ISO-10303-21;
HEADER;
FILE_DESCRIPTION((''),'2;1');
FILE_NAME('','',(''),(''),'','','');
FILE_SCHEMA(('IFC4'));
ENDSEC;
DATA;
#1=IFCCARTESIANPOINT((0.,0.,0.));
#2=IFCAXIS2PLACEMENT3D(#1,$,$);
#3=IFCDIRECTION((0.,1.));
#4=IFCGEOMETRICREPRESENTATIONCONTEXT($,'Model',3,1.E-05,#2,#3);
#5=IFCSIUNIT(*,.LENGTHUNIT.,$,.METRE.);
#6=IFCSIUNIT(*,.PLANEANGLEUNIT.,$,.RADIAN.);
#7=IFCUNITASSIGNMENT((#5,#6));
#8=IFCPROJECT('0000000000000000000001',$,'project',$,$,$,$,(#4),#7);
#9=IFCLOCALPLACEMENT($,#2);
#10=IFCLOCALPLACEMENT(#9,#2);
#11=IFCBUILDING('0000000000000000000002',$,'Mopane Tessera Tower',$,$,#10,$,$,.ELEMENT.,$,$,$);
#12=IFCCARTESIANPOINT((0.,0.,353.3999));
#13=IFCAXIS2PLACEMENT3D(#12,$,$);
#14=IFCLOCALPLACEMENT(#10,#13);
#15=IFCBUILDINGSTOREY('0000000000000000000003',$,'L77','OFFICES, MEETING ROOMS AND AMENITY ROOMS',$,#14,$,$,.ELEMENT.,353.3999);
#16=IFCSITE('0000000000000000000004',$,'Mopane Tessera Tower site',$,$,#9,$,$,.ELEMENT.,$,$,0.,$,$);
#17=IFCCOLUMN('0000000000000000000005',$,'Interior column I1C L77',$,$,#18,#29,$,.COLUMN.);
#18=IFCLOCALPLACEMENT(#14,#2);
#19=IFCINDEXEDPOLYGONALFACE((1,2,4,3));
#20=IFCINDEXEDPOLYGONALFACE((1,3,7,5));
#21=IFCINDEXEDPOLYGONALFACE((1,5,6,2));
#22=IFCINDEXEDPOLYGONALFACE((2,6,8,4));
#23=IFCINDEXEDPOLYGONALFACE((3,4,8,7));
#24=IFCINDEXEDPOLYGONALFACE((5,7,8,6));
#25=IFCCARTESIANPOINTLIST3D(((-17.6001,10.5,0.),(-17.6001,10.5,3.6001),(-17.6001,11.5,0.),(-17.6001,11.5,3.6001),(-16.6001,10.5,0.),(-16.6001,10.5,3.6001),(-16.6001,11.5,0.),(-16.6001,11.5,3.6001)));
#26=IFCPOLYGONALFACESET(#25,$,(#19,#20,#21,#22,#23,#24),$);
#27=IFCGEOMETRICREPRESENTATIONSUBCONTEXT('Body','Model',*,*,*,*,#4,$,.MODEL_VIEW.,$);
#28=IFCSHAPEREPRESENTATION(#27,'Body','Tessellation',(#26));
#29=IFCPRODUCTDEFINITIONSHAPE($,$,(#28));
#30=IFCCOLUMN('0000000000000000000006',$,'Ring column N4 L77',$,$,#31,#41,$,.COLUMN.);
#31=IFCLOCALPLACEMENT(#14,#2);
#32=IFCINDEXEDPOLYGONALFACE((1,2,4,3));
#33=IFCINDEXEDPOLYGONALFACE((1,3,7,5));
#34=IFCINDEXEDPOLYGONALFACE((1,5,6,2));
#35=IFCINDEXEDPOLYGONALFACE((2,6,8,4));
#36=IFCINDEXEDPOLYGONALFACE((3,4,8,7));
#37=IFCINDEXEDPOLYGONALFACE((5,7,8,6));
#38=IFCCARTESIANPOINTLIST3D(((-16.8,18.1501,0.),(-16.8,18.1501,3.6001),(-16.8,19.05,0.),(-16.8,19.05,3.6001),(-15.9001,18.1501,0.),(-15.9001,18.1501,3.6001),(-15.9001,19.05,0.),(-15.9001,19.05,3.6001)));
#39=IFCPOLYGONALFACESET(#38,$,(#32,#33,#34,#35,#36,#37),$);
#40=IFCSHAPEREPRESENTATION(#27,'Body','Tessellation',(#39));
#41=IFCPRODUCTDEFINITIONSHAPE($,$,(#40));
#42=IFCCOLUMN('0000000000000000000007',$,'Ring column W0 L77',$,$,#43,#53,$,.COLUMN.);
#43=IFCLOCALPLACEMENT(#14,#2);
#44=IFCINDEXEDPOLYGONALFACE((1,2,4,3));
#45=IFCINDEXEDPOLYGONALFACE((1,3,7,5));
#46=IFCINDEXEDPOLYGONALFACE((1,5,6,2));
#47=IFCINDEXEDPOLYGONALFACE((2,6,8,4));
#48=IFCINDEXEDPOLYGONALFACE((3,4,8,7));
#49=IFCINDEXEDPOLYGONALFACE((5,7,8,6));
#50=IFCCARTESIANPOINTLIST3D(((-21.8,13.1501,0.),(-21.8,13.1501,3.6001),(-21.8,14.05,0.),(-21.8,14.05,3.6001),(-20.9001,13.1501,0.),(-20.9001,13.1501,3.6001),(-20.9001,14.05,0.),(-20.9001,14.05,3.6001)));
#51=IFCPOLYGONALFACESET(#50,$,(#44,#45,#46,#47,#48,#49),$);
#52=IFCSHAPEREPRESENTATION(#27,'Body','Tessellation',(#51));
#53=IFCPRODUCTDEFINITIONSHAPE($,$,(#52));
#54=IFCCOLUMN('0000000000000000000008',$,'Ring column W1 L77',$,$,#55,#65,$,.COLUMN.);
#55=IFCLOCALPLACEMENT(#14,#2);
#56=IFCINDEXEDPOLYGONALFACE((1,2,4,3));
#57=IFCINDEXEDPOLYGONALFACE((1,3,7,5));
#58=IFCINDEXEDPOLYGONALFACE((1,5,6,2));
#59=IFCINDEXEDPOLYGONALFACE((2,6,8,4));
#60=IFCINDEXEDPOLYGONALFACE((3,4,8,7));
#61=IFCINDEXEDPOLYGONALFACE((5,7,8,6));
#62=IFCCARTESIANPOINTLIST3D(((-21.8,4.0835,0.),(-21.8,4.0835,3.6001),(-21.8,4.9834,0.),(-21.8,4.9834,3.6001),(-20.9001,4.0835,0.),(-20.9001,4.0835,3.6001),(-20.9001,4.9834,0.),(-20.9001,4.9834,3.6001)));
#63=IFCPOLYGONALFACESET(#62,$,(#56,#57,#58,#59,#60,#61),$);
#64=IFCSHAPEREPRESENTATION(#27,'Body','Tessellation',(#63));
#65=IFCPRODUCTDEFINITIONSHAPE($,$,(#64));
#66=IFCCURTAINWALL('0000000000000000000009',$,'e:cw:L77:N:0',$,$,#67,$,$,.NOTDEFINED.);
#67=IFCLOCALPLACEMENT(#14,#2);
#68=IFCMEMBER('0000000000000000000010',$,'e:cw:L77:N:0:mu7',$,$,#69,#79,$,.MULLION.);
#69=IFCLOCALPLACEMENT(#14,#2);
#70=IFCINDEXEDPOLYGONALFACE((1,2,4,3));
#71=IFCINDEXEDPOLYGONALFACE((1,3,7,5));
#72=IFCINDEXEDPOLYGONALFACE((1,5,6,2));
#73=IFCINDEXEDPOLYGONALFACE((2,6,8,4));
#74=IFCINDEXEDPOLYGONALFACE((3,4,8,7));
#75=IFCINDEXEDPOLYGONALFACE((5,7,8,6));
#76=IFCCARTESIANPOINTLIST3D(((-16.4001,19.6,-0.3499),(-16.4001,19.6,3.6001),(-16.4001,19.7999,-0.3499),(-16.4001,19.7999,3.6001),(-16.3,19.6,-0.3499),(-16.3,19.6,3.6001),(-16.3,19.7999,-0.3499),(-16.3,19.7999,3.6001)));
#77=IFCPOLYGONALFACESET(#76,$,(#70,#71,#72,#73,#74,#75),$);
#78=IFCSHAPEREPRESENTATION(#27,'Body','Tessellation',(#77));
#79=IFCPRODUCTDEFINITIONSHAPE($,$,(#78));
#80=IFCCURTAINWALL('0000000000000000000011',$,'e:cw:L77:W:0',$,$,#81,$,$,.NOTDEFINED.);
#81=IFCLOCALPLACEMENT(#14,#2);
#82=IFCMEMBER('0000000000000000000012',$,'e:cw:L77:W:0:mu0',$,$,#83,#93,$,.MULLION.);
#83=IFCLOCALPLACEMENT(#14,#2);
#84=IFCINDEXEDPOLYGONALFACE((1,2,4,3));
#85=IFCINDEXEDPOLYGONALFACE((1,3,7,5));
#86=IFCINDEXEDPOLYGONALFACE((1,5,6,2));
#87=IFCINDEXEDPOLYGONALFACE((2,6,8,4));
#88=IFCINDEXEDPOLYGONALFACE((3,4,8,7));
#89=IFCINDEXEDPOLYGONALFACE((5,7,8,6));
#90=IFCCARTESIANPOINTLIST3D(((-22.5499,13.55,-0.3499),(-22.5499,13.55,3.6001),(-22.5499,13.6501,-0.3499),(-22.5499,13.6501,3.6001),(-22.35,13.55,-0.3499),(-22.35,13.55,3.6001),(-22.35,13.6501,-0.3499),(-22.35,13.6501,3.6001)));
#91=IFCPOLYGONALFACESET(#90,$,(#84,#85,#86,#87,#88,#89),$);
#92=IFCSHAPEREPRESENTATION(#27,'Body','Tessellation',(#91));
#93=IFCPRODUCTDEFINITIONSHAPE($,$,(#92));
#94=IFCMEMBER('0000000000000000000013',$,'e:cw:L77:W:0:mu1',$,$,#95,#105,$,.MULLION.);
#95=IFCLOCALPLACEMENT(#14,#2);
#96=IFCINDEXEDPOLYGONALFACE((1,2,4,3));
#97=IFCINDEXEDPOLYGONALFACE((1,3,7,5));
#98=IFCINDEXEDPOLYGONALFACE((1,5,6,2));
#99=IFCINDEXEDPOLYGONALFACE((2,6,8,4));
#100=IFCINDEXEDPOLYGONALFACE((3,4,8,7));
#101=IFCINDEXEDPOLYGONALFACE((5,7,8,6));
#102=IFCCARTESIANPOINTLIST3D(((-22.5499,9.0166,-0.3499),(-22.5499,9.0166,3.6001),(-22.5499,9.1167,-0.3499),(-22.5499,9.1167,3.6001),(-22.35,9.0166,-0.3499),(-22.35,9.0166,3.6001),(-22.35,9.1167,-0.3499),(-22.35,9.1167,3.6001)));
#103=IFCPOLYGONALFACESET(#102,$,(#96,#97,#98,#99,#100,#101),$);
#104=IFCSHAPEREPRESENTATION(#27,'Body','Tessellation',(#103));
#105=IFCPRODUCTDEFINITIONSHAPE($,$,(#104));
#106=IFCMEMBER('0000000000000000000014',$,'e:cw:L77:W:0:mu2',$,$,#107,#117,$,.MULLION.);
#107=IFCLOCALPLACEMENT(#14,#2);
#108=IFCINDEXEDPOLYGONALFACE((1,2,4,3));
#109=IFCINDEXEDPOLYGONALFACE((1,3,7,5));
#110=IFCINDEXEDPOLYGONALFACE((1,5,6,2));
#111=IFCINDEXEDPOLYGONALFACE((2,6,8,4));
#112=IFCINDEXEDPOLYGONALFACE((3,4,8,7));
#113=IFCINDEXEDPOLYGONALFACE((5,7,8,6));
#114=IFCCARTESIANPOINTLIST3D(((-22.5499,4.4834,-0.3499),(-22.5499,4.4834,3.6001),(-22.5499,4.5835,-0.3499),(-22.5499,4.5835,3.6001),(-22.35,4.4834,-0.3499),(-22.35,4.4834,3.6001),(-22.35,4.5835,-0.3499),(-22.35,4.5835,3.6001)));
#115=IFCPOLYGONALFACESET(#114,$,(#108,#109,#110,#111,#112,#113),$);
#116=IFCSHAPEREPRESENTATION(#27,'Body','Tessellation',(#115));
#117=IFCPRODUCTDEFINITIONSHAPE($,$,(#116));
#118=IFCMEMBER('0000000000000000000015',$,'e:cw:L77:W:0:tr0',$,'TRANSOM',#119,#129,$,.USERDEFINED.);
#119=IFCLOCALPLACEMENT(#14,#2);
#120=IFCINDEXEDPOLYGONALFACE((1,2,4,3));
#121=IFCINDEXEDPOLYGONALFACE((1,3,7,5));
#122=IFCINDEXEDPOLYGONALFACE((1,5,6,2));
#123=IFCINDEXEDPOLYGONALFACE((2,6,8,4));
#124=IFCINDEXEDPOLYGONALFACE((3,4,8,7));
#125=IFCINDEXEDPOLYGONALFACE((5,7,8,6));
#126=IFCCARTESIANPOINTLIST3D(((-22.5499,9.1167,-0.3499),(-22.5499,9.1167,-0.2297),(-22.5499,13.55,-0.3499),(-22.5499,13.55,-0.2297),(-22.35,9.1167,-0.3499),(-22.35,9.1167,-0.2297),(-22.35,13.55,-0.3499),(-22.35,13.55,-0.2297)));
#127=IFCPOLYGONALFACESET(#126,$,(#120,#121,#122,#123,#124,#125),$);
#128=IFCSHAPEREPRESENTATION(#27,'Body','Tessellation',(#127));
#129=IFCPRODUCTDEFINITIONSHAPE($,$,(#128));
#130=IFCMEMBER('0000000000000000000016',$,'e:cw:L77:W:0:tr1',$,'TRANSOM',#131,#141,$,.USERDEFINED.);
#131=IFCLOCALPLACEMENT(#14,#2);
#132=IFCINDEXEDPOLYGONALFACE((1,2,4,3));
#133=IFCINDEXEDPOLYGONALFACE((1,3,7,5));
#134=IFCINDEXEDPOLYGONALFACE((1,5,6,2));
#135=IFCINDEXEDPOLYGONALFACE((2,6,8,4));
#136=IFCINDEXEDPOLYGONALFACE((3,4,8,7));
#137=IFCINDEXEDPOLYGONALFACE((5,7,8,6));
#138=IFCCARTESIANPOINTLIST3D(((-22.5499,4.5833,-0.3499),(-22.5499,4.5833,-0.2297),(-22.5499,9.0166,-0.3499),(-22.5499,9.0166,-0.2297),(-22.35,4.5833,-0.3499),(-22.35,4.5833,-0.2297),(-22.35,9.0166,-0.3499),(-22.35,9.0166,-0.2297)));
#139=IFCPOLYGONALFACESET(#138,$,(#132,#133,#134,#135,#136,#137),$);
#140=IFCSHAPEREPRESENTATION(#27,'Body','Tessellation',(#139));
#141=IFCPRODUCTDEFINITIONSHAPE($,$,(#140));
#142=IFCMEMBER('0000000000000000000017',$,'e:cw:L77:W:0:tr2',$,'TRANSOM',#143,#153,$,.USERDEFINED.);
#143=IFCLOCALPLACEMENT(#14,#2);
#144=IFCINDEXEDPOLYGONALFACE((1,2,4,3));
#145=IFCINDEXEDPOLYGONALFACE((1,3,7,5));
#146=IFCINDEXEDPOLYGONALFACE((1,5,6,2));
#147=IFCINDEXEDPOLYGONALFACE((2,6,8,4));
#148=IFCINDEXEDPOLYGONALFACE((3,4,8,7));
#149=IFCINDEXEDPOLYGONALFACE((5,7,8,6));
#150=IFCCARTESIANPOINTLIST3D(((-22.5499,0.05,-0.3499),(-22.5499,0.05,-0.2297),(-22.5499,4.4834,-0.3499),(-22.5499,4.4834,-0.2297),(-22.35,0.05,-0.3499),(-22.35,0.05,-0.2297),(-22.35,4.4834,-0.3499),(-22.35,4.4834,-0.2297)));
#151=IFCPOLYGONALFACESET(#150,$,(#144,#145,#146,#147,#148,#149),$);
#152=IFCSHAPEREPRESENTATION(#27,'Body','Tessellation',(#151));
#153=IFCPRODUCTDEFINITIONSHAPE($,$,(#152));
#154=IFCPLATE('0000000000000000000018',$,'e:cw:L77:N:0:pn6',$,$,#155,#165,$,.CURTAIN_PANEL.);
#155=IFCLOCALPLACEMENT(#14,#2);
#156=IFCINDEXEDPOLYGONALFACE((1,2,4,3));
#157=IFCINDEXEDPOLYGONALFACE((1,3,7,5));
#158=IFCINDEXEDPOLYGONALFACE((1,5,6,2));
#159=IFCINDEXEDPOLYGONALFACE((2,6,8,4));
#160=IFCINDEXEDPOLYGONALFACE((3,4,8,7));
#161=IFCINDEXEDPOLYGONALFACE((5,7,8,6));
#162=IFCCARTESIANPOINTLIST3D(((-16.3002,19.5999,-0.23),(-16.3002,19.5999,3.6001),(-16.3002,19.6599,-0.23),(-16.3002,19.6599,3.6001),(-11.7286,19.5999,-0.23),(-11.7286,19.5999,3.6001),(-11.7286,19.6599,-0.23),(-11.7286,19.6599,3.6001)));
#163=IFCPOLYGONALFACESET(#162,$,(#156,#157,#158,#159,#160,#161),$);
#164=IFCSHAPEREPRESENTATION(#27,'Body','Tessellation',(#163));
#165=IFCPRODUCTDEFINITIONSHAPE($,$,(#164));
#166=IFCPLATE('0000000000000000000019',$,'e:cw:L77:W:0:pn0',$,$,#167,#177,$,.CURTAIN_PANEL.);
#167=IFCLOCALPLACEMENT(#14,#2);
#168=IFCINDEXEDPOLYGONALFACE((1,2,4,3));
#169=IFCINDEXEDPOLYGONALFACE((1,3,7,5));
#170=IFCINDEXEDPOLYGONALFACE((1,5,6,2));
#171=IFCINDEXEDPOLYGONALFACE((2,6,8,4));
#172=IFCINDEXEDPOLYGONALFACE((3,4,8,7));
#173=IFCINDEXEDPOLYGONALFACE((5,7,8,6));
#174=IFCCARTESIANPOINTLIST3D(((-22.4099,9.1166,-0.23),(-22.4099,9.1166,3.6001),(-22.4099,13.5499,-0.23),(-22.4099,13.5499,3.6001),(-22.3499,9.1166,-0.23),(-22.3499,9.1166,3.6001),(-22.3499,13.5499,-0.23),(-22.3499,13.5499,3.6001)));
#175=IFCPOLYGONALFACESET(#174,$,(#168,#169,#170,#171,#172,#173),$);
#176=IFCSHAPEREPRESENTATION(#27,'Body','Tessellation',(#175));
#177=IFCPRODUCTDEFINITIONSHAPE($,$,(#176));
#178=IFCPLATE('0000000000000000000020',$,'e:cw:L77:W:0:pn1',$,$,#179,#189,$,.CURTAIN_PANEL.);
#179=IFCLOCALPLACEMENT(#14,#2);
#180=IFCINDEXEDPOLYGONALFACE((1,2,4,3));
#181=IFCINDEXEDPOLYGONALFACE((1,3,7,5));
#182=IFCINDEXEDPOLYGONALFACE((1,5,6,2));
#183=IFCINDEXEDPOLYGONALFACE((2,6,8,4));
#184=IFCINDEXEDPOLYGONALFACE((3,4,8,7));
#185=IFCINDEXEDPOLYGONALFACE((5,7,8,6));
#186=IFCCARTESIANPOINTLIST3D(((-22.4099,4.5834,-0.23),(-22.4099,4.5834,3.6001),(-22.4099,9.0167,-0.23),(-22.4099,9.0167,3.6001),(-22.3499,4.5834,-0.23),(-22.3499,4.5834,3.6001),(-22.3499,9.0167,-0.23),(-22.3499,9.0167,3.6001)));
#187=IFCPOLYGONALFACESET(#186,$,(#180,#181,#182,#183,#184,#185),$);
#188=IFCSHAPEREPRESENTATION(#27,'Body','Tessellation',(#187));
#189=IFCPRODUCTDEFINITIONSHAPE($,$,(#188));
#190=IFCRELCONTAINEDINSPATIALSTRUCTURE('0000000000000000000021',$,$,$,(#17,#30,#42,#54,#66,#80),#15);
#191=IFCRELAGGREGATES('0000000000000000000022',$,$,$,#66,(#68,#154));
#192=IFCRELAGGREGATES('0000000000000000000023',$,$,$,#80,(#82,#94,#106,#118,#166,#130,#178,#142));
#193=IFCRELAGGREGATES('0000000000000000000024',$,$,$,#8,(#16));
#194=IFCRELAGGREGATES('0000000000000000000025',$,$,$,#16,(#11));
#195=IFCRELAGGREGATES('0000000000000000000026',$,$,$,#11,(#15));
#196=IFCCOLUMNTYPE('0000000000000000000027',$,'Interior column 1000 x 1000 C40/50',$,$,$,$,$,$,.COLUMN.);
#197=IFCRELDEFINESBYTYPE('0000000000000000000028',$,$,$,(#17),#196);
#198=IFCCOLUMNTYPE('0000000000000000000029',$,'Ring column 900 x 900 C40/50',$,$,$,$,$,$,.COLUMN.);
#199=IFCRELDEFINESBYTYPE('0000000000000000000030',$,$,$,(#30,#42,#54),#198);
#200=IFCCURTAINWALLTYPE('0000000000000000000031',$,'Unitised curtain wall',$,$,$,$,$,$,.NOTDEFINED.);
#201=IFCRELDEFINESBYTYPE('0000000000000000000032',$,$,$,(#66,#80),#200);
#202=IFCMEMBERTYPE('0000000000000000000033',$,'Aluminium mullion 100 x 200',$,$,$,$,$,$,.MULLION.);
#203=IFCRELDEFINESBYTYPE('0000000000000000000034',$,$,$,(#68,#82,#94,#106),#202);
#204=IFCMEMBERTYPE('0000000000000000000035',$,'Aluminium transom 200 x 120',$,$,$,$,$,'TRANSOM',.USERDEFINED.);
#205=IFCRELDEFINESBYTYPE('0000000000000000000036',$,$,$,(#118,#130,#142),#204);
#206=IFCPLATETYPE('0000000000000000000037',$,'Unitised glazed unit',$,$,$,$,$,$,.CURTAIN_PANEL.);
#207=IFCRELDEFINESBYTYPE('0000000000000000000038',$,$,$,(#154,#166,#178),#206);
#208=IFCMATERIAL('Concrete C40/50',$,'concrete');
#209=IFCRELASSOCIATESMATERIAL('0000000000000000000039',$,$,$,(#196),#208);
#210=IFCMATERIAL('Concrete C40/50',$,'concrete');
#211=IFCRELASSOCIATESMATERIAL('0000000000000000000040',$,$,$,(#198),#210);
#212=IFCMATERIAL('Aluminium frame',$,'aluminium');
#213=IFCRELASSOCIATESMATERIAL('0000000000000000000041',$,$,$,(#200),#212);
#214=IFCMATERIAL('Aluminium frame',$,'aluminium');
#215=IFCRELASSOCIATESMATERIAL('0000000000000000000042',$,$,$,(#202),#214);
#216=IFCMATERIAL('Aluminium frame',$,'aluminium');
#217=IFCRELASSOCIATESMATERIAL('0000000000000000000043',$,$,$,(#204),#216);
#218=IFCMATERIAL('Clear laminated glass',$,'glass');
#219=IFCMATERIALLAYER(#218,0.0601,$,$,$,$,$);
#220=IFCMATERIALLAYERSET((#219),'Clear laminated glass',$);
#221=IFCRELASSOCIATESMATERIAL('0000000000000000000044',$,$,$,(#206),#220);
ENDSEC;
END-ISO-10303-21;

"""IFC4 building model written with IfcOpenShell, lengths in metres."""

from ifc_helpers import new_model, si_unit, direction, frame, origin, origin_2d, place, context, subcontext, project, spatial, rectangle, extrude, material, layer, layer_set, material_profile, profile_set, type_object, element, aggregate, save


model = new_model("IFC4")

# Units and contexts
model_context = context("Model", 3, precision=1e-05, world=origin(), true_north=direction((0.0, 1.0)))
body_context = subcontext(model_context, "Body", "Model", "MODEL_VIEW")
ifc_project = project(units=[si_unit("LENGTHUNIT", "METRE"), si_unit("PLANEANGLEUNIT", "RADIAN")], contexts=[model_context])

# Site, building, storey
site_placement = place(None, origin())
site = spatial("IfcSite", under=ifc_project, at=site_placement, Name="Mopane Tessera Tower site", CompositionType="ELEMENT", RefElevation=0.0)
building_placement = place(site_placement, origin())
building = spatial("IfcBuilding", under=site, at=building_placement, Name="Mopane Tessera Tower", CompositionType="ELEMENT")
storey_placement = place(building_placement, frame((0.0, 0.0, 353.3999)))
storey = spatial("IfcBuildingStorey", under=building, at=storey_placement, Name="L77", Description="OFFICES, MEETING ROOMS AND AMENITY ROOMS", CompositionType="ELEMENT", Elevation=353.3999)

# Columns
ifc_material_1 = material(Name="Concrete C40/50", Category="concrete")
ifc_material_profile_1 = material_profile(ifc_material_1, rectangle(XDim=1.0, YDim=1.0, at=origin_2d()))
ifc_profile_set_1 = profile_set([ifc_material_profile_1], Name="Concrete C40/50")
column_type_1 = type_object("IfcColumnType", Name="Interior column 1000 x 1000 C40/50", PredefinedType="COLUMN", material=ifc_profile_set_1)
column_placement = place(storey_placement, frame((-17.1001, 11.0, 0.0), z_axis=(0.0, 0.0, 1.0), x_axis=(1.0, 0.0, 0.0)))
element("IfcColumn", 1, at=column_placement, inside=storey, type_object=column_type_1, Name="Interior column I1C L77", PredefinedType="COLUMN", context=body_context, shape_type="SweptSolid", body=[
    extrude(rectangle(XDim=1.0, YDim=1.0, at=origin_2d()), origin(), (0.0, 0.0, 1.0), 3.6001),
])
ifc_material_2 = material(Name="Concrete C40/50", Category="concrete")
ifc_material_profile_2 = material_profile(ifc_material_2, rectangle(XDim=0.8999, YDim=0.8999, at=origin_2d()))
ifc_profile_set_2 = profile_set([ifc_material_profile_2], Name="Concrete C40/50")
column_type_2 = type_object("IfcColumnType", Name="Ring column 900 x 900 C40/50", PredefinedType="COLUMN", material=ifc_profile_set_2)
for number, where, z_axis, x_axis, name in (
    (2, (-16.3501, 18.6001, 0.0), (0.0, 0.0, 1.0), (1.0, 0.0, 0.0), "Ring column N4 L77"),
    (3, (-21.3501, 13.6001, 0.0), (0.0, 0.0, 1.0), (1.0, 0.0, 0.0), "Ring column W0 L77"),
    (4, (-21.3501, 4.5334, 0.0), (0.0, 0.0, 1.0), (1.0, 0.0, 0.0), "Ring column W1 L77"),
):
    element("IfcColumn", number, at=place(storey_placement, frame(where, z_axis=z_axis, x_axis=x_axis)), inside=storey, type_object=column_type_2, Name=name, PredefinedType="COLUMN", context=body_context, shape_type="SweptSolid", body=[
        extrude(rectangle(XDim=0.8999, YDim=0.8999, at=origin_2d()), origin(), (0.0, 0.0, 1.0), 3.6001),
    ])

# Curtain wall, member
ifc_material_3 = material(Name="Aluminium frame", Category="aluminium")
curtain_wall_type = type_object("IfcCurtainWallType", Name="Unitised curtain wall", PredefinedType="NOTDEFINED", material=ifc_material_3)
curtain_wall_1_placement = place(storey_placement, origin())
curtain_wall_1 = element("IfcCurtainWall", 5, at=curtain_wall_1_placement, inside=storey, type_object=curtain_wall_type, Name="e:cw:L77:N:0", PredefinedType="NOTDEFINED")
ifc_material_4 = material(Name="Aluminium frame", Category="aluminium")
ifc_material_profile_3 = material_profile(ifc_material_4, rectangle(XDim=0.1001, YDim=0.2, at=origin_2d()))
ifc_profile_set_3 = profile_set([ifc_material_profile_3], Name="Aluminium frame")
member_type_1 = type_object("IfcMemberType", Name="Aluminium mullion 100 x 200", PredefinedType="MULLION", material=ifc_profile_set_3)
member_1_placement = place(storey_placement, frame((-16.3501, 19.7, -0.3499), z_axis=(0.0, 0.0, 1.0), x_axis=(-1.0, 0.0, 0.0)))
member_1 = element("IfcMember", 6, at=member_1_placement, type_object=member_type_1, Name="e:cw:L77:N:0:mu7", PredefinedType="MULLION", context=body_context, shape_type="SweptSolid", body=[
    extrude(rectangle(XDim=0.1001, YDim=0.2, at=origin_2d()), origin(), (0.0, 0.0, 1.0), 3.95),
])

# Curtain wall, members
curtain_wall_2_placement = place(storey_placement, origin())
curtain_wall_2 = element("IfcCurtainWall", 7, at=curtain_wall_2_placement, inside=storey, type_object=curtain_wall_type, Name="e:cw:L77:W:0", PredefinedType="NOTDEFINED")
member_2_placement = place(storey_placement, frame((-22.45, 13.6001, -0.3499), z_axis=(0.0, 0.0, 1.0), x_axis=(0.0, -1.0, 0.0)))
member_2 = element("IfcMember", 8, at=member_2_placement, type_object=member_type_1, Name="e:cw:L77:W:0:mu0", PredefinedType="MULLION", context=body_context, shape_type="SweptSolid", body=[
    extrude(rectangle(XDim=0.1001, YDim=0.2, at=origin_2d()), origin(), (0.0, 0.0, 1.0), 3.95),
])
member_3_placement = place(storey_placement, frame((-22.45, 9.0667, -0.3499), z_axis=(0.0, 0.0, 1.0), x_axis=(0.0, -1.0, 0.0)))
member_3 = element("IfcMember", 9, at=member_3_placement, type_object=member_type_1, Name="e:cw:L77:W:0:mu1", PredefinedType="MULLION", context=body_context, shape_type="SweptSolid", body=[
    extrude(rectangle(XDim=0.1001, YDim=0.2, at=origin_2d()), origin(), (0.0, 0.0, 1.0), 3.95),
])
member_4_placement = place(storey_placement, frame((-22.45, 4.5334, -0.3499), z_axis=(0.0, 0.0, 1.0), x_axis=(0.0, -1.0, 0.0)))
member_4 = element("IfcMember", 10, at=member_4_placement, type_object=member_type_1, Name="e:cw:L77:W:0:mu2", PredefinedType="MULLION", context=body_context, shape_type="SweptSolid", body=[
    extrude(rectangle(XDim=0.1001, YDim=0.2, at=origin_2d()), origin(), (0.0, 0.0, 1.0), 3.95),
])
ifc_material_5 = material(Name="Aluminium frame", Category="aluminium")
ifc_material_profile_4 = material_profile(ifc_material_5, rectangle(XDim=0.2, YDim=0.1201, at=origin_2d()))
ifc_profile_set_4 = profile_set([ifc_material_profile_4], Name="Aluminium frame")
member_type_2 = type_object("IfcMemberType", Name="Aluminium transom 200 x 120", ElementType="TRANSOM", PredefinedType="USERDEFINED", material=ifc_profile_set_4)
member_5_placement = place(storey_placement, frame((-22.45, 13.55, -0.2898), z_axis=(0.0, -1.0, 0.0), x_axis=(1.0, 0.0, 0.0)))
member_5 = element("IfcMember", 11, at=member_5_placement, type_object=member_type_2, Name="e:cw:L77:W:0:tr0", ObjectType="TRANSOM", PredefinedType="USERDEFINED", context=body_context, shape_type="SweptSolid", body=[
    extrude(rectangle(XDim=0.2, YDim=0.1201, at=origin_2d()), origin(), (0.0, 0.0, 1.0), 4.4333),
])
member_6_placement = place(storey_placement, frame((-22.45, 9.0166, -0.2898), z_axis=(0.0, -1.0, 0.0), x_axis=(1.0, 0.0, 0.0)))
member_6 = element("IfcMember", 12, at=member_6_placement, type_object=member_type_2, Name="e:cw:L77:W:0:tr1", ObjectType="TRANSOM", PredefinedType="USERDEFINED", context=body_context, shape_type="SweptSolid", body=[
    extrude(rectangle(XDim=0.2, YDim=0.1201, at=origin_2d()), origin(), (0.0, 0.0, 1.0), 4.4333),
])
member_7_placement = place(storey_placement, frame((-22.45, 4.4834, -0.2898), z_axis=(0.0, -1.0, 0.0), x_axis=(1.0, 0.0, 0.0)))
member_7 = element("IfcMember", 13, at=member_7_placement, type_object=member_type_2, Name="e:cw:L77:W:0:tr2", ObjectType="TRANSOM", PredefinedType="USERDEFINED", context=body_context, shape_type="SweptSolid", body=[
    extrude(rectangle(XDim=0.2, YDim=0.1201, at=origin_2d()), origin(), (0.0, 0.0, 1.0), 4.4333),
])

# Plates
ifc_material_6 = material(Name="Clear laminated glass", Category="glass")
ifc_layer_1 = layer(ifc_material_6, 0.0601)
ifc_layer_set_1 = layer_set([ifc_layer_1], Name="Clear laminated glass")
plate_type = type_object("IfcPlateType", Name="Unitised glazed unit", PredefinedType="CURTAIN_PANEL", material=ifc_layer_set_1)
plate_1_placement = place(storey_placement, frame((-14.0144, 19.6299, -0.23), z_axis=(0.0, 0.0, 1.0), x_axis=(-1.0, 0.0, 0.0)))
plate_1 = element("IfcPlate", 14, at=plate_1_placement, type_object=plate_type, Name="e:cw:L77:N:0:pn6", PredefinedType="CURTAIN_PANEL", context=body_context, shape_type="SweptSolid", body=[
    extrude(rectangle(XDim=4.5715, YDim=0.0601, at=origin_2d()), origin(), (0.0, 0.0, 1.0), 3.8301),
])
aggregate(curtain_wall_1, [member_1, plate_1])
plate_2_placement = place(storey_placement, frame((-22.3799, 11.3333, -0.23), z_axis=(0.0, 0.0, 1.0), x_axis=(0.0, -1.0, 0.0)))
plate_2 = element("IfcPlate", 15, at=plate_2_placement, type_object=plate_type, Name="e:cw:L77:W:0:pn0", PredefinedType="CURTAIN_PANEL", context=body_context, shape_type="SweptSolid", body=[
    extrude(rectangle(XDim=4.4333, YDim=0.0601, at=origin_2d()), origin(), (0.0, 0.0, 1.0), 3.8301),
])
plate_3_placement = place(storey_placement, frame((-22.3799, 6.8, -0.23), z_axis=(0.0, 0.0, 1.0), x_axis=(0.0, -1.0, 0.0)))
plate_3 = element("IfcPlate", 16, at=plate_3_placement, type_object=plate_type, Name="e:cw:L77:W:0:pn1", PredefinedType="CURTAIN_PANEL", context=body_context, shape_type="SweptSolid", body=[
    extrude(rectangle(XDim=4.4333, YDim=0.0601, at=origin_2d()), origin(), (0.0, 0.0, 1.0), 3.8301),
])
aggregate(curtain_wall_2, [member_2, member_3, member_4, member_5, plate_2, member_6, plate_3, member_7])

save(model, "model.ifc")
